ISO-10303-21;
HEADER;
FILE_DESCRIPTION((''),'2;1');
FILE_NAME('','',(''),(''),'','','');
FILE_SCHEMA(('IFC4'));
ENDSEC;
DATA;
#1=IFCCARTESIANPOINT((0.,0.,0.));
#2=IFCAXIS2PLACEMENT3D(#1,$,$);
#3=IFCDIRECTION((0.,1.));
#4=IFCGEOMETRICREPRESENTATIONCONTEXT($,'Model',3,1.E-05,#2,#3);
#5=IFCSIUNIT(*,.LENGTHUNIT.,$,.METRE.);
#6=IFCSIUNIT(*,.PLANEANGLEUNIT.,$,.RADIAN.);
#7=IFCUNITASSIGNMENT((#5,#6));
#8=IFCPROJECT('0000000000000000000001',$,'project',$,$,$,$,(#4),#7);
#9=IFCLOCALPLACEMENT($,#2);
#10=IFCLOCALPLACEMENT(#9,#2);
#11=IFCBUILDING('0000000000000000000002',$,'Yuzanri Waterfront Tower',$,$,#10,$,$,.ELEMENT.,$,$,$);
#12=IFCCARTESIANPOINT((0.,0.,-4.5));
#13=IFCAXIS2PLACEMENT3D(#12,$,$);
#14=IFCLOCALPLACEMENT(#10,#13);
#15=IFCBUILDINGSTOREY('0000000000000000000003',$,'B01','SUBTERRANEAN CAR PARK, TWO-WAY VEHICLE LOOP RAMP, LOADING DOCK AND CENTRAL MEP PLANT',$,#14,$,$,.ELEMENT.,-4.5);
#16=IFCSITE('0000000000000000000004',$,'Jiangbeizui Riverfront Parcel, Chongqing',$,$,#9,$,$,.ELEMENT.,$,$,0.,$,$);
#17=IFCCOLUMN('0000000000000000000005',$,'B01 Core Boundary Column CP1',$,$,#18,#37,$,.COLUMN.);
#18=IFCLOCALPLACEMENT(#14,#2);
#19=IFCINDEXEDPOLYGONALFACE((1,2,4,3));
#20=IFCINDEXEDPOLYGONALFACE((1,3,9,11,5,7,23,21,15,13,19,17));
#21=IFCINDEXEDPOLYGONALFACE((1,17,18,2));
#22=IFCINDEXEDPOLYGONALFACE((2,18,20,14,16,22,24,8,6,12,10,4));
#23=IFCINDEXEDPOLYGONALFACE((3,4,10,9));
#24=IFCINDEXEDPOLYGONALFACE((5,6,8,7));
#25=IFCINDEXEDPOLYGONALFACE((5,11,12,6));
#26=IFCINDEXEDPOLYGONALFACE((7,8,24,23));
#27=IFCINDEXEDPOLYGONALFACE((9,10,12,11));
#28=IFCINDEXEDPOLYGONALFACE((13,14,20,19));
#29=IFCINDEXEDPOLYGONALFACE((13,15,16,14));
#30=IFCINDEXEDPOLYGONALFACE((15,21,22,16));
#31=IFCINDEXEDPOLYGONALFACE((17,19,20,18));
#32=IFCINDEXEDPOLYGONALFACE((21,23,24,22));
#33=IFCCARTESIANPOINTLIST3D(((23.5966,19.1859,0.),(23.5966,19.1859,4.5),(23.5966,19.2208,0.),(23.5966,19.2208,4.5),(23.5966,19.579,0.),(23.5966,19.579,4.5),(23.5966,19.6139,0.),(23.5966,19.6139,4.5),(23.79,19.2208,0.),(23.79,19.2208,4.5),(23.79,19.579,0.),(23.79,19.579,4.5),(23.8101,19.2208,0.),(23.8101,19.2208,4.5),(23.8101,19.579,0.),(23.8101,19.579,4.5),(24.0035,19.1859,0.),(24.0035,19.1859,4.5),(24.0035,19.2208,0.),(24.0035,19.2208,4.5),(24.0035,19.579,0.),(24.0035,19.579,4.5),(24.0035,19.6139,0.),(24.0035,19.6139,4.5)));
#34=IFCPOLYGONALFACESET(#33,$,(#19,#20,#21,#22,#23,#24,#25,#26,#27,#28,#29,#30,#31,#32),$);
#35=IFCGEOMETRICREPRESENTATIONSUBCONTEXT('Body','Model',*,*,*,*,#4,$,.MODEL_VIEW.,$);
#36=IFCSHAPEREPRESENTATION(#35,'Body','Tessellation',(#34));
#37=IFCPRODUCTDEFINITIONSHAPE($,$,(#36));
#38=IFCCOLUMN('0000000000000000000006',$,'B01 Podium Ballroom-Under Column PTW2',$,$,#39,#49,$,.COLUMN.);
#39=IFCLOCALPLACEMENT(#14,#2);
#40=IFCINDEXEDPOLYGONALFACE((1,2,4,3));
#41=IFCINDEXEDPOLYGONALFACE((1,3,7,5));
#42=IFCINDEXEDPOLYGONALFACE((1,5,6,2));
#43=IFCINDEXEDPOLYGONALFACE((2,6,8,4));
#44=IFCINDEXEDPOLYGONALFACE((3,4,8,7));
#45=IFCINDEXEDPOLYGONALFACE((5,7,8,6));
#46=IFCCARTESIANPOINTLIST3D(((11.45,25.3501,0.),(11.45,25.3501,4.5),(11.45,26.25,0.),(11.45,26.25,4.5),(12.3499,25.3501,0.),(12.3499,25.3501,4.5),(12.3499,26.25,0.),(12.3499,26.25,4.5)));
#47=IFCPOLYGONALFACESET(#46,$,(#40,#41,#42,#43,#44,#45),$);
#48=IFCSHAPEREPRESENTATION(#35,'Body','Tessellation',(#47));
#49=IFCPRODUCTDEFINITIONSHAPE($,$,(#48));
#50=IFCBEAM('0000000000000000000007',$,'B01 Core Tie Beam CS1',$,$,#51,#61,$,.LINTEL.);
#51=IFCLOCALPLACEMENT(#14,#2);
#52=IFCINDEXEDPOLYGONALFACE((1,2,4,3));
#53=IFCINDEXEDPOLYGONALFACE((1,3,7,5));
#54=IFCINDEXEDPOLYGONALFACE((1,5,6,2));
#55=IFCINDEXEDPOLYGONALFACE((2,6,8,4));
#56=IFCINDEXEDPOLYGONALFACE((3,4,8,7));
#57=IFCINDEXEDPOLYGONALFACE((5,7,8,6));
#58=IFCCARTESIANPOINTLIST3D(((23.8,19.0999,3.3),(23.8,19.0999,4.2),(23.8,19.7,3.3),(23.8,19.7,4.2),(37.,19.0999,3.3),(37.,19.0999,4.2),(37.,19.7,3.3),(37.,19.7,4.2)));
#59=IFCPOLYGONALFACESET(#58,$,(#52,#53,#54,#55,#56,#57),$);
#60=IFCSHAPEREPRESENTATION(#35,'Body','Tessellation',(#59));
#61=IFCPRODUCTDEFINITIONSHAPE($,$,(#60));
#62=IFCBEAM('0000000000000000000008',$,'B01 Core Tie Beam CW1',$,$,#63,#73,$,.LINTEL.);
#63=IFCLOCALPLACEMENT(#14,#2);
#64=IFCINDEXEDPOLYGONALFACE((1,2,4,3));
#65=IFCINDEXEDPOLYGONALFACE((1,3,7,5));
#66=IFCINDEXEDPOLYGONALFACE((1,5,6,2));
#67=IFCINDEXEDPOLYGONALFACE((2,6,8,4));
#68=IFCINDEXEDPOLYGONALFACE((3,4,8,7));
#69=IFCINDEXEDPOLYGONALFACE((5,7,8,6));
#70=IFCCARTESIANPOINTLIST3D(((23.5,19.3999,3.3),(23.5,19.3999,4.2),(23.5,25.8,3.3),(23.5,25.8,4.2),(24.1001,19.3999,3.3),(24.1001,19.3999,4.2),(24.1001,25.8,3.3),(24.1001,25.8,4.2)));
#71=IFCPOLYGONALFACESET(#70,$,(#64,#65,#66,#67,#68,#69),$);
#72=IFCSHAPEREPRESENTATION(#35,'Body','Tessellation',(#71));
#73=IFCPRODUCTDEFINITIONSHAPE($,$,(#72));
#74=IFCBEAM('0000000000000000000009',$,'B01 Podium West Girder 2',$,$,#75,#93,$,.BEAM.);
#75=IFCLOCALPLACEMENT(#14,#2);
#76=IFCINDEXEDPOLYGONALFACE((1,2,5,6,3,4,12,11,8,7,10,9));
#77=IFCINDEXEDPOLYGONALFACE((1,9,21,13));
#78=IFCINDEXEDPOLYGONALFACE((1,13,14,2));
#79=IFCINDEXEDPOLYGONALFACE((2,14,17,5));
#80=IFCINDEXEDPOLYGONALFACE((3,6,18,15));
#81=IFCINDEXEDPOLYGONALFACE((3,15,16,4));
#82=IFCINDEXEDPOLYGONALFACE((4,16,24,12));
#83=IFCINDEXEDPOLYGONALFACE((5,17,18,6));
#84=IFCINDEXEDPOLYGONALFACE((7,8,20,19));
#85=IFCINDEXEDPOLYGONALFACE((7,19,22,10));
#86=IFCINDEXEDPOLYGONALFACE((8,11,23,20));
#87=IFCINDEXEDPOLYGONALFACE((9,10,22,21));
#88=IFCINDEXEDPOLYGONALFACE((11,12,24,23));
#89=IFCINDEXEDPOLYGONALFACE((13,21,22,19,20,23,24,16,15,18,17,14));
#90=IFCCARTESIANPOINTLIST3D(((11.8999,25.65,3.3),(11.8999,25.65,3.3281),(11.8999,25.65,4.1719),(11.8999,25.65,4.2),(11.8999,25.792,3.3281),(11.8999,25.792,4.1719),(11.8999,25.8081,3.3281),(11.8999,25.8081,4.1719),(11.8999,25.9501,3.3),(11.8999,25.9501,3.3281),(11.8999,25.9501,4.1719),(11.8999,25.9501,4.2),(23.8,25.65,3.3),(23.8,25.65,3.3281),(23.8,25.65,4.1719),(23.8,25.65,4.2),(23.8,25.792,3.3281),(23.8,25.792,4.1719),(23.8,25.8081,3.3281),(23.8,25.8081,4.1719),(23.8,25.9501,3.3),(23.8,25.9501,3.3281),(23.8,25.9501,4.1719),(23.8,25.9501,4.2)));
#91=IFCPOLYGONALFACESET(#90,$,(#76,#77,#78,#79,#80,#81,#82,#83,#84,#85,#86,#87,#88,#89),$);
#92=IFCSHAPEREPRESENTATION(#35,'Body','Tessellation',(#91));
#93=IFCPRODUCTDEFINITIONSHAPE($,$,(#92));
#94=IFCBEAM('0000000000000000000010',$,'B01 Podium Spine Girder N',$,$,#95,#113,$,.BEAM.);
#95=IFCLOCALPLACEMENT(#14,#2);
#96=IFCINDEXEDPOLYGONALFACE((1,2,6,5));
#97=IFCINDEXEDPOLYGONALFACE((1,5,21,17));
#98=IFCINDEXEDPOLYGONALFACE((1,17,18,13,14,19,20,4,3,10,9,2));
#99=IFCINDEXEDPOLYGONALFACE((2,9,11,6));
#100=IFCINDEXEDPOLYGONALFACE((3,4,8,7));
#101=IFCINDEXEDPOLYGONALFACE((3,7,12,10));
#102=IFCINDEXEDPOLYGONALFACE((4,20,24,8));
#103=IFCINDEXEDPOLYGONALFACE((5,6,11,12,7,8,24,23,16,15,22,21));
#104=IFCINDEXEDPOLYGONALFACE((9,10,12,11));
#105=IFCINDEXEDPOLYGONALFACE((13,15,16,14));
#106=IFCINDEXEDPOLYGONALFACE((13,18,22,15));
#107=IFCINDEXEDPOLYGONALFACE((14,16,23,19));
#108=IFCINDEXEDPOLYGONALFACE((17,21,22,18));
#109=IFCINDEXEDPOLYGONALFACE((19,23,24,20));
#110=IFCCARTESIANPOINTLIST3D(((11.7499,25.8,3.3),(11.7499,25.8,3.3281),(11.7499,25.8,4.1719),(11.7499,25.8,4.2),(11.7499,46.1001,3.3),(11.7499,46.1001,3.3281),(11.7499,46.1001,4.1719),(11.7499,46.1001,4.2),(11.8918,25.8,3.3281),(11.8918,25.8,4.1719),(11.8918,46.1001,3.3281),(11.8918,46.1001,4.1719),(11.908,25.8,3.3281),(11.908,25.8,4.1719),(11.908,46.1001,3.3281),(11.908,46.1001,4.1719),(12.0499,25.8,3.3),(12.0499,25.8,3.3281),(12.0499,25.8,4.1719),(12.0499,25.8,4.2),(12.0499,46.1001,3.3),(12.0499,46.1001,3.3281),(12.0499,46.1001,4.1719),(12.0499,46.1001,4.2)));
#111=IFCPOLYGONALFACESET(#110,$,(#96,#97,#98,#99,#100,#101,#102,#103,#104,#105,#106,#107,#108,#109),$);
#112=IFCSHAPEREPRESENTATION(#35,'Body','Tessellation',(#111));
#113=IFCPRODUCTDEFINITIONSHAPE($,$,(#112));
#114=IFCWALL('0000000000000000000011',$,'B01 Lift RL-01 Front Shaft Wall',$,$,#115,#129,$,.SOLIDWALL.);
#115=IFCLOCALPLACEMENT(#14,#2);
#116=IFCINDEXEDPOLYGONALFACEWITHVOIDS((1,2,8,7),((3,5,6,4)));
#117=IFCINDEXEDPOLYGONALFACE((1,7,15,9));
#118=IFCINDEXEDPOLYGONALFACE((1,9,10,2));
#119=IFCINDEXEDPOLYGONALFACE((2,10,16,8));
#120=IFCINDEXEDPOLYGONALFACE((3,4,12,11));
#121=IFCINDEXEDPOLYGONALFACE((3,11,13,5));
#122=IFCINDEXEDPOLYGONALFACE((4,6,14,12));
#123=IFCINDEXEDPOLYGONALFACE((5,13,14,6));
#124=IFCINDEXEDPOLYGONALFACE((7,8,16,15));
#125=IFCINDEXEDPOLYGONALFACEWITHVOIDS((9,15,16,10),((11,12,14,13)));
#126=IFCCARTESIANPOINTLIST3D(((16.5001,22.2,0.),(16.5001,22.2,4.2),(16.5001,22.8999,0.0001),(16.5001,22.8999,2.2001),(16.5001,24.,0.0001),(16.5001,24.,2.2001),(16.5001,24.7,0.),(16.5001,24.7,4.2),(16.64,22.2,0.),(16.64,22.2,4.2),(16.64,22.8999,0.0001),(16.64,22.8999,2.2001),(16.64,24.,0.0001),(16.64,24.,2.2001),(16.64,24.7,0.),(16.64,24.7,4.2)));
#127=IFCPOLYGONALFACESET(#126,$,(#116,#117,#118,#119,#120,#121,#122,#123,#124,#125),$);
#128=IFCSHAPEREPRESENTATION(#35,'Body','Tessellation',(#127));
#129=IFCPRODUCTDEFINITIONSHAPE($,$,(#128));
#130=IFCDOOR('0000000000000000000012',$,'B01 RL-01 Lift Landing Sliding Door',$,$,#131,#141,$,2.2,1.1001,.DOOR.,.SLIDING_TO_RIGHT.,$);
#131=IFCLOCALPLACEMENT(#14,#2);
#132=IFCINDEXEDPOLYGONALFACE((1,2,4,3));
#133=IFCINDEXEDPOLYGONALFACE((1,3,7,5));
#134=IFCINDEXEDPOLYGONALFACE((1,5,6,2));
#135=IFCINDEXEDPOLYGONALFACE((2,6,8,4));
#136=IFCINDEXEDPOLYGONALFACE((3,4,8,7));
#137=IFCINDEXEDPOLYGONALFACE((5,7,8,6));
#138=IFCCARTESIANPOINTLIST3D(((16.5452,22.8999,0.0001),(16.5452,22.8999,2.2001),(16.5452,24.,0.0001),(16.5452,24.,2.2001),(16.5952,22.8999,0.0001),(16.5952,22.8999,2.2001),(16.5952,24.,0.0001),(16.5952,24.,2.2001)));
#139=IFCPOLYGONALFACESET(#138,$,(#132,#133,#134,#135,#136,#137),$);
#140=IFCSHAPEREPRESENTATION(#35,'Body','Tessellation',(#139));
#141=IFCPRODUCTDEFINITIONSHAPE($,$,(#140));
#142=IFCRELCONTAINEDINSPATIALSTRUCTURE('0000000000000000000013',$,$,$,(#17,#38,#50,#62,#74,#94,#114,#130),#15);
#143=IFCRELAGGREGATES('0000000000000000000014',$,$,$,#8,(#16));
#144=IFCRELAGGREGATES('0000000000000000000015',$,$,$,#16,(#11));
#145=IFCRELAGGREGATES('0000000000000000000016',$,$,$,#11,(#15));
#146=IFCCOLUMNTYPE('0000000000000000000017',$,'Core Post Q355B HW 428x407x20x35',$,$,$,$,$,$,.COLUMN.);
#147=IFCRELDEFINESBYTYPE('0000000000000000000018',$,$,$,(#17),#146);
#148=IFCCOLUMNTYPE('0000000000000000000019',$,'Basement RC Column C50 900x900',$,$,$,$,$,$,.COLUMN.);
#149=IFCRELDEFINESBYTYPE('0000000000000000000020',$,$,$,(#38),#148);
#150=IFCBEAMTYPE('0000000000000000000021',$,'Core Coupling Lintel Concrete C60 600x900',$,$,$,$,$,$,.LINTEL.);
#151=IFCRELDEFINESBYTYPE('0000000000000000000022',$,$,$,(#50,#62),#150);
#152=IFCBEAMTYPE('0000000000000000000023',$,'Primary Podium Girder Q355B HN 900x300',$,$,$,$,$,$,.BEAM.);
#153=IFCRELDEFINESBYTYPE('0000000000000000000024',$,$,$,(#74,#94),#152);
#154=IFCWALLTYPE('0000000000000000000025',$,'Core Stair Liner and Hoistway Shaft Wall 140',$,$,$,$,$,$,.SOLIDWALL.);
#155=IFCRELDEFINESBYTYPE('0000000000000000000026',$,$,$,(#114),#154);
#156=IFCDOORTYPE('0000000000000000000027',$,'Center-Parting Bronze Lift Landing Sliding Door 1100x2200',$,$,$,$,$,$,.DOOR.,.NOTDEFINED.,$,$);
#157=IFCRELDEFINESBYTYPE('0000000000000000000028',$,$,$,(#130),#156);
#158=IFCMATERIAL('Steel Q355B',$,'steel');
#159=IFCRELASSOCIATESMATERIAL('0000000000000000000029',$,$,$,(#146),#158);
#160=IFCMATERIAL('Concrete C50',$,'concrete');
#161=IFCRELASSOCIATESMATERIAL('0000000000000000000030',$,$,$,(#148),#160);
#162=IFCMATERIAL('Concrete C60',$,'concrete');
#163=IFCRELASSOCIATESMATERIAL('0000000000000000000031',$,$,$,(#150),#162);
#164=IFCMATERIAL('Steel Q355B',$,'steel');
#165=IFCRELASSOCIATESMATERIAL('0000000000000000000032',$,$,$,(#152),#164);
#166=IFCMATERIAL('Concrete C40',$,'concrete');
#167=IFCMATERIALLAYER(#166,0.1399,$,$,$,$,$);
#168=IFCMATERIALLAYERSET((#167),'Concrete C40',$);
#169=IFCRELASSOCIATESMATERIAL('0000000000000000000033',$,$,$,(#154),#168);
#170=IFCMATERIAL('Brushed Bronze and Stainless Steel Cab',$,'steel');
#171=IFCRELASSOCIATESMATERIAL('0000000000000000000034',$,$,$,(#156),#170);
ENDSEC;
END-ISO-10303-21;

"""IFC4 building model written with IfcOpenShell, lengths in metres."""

from ifc_helpers import new_model, si_unit, direction, frame, frame_2d, origin, origin_2d, place, context, subcontext, project, spatial, rectangle, i_section, extrude, source, transform, mapped, material, layer, layer_set, material_profile, profile_set, type_object, element, fill, save


model = new_model("IFC4")

# Units and contexts
model_context = context("Model", 3, precision=1e-05, world=origin(), true_north=direction((0.0, 1.0)))
body_context = subcontext(model_context, "Body", "Model", "MODEL_VIEW")
ifc_project = project(units=[si_unit("LENGTHUNIT", "METRE"), si_unit("PLANEANGLEUNIT", "RADIAN")], contexts=[model_context])

# Site, building, storey
site_placement = place(None, origin())
site = spatial("IfcSite", under=ifc_project, at=site_placement, Name="Jiangbeizui Riverfront Parcel, Chongqing", CompositionType="ELEMENT", RefElevation=0.0)
building_placement = place(site_placement, origin())
building = spatial("IfcBuilding", under=site, at=building_placement, Name="Yuzanri Waterfront Tower", CompositionType="ELEMENT")
storey_placement = place(building_placement, frame((0.0, 0.0, -4.5)))
storey = spatial("IfcBuildingStorey", under=building, at=storey_placement, Name="B01", Description="SUBTERRANEAN CAR PARK, TWO-WAY VEHICLE LOOP RAMP, LOADING DOCK AND CENTRAL MEP PLANT", CompositionType="ELEMENT", Elevation=-4.5)

# Columns
ifc_material_1 = material(Name="Steel Q355B", Category="steel")
ifc_material_profile_1 = material_profile(ifc_material_1, i_section(OverallWidth=0.407, OverallDepth=0.428, WebThickness=0.02, FlangeThickness=0.0349, at=origin_2d()), Name="HW 428x407x20x35")
ifc_profile_set_1 = profile_set([ifc_material_profile_1], Name="Steel Q355B")
column_type_1 = type_object("IfcColumnType", Name="Core Post Q355B HW 428x407x20x35", PredefinedType="COLUMN", material=ifc_profile_set_1)
shared_shape_1 = source(origin(), body_context, "Body", "SweptSolid", [
    extrude(i_section(OverallWidth=0.407, OverallDepth=0.428, WebThickness=0.02, FlangeThickness=0.0349, at=origin_2d()), origin(), (0.0, 0.0, 1.0), 4.5),
])
column_1_placement = place(storey_placement, frame((23.8, 19.3999, 0.0), z_axis=(0.0, 0.0, 1.0), x_axis=(1.0, 0.0, 0.0)))
element("IfcColumn", 1, at=column_1_placement, inside=storey, type_object=column_type_1, Name="B01 Core Boundary Column CP1", PredefinedType="COLUMN", context=body_context, shape_type="MappedRepresentation", body=[
    mapped(shared_shape_1, transform((0.0, 0.0, 0.0), scale=1.0)),
])
ifc_material_2 = material(Name="Concrete C50", Category="concrete")
ifc_material_profile_2 = material_profile(ifc_material_2, rectangle(XDim=0.8999, YDim=0.8999, at=origin_2d()), Name="RC 900x900")
ifc_profile_set_2 = profile_set([ifc_material_profile_2], Name="Concrete C50")
column_type_2 = type_object("IfcColumnType", Name="Basement RC Column C50 900x900", PredefinedType="COLUMN", material=ifc_profile_set_2)
shared_shape_2 = source(origin(), body_context, "Body", "SweptSolid", [
    extrude(rectangle(XDim=0.8999, YDim=0.8999, at=origin_2d()), origin(), (0.0, 0.0, 1.0), 4.5),
])
column_2_placement = place(storey_placement, frame((11.8999, 25.8, 0.0), z_axis=(0.0, 0.0, 1.0), x_axis=(1.0, 0.0, 0.0)))
element("IfcColumn", 2, at=column_2_placement, inside=storey, type_object=column_type_2, Name="B01 Podium Ballroom-Under Column PTW2", PredefinedType="COLUMN", context=body_context, shape_type="MappedRepresentation", body=[
    mapped(shared_shape_2, transform((0.0, 0.0, 0.0), scale=1.0)),
])

# Beams
ifc_material_3 = material(Name="Concrete C60", Category="concrete")
ifc_material_profile_3 = material_profile(ifc_material_3, rectangle(XDim=0.6001, YDim=0.8999, at=origin_2d()), Name="RC 600x900")
ifc_profile_set_3 = profile_set([ifc_material_profile_3], Name="Concrete C60")
beam_type_1 = type_object("IfcBeamType", Name="Core Coupling Lintel Concrete C60 600x900", PredefinedType="LINTEL", material=ifc_profile_set_3)
shared_shape_3 = source(origin(), body_context, "Body", "SweptSolid", [
    extrude(rectangle(XDim=0.6001, YDim=0.8999, at=origin_2d()), origin(), (0.0, 0.0, 1.0), 13.2),
])
beam_1_placement = place(storey_placement, frame((23.8, 19.3999, 3.75), z_axis=(1.0, 0.0, 0.0), x_axis=(0.0, 1.0, 0.0)))
element("IfcBeam", 3, at=beam_1_placement, inside=storey, type_object=beam_type_1, Name="B01 Core Tie Beam CS1", PredefinedType="LINTEL", context=body_context, shape_type="MappedRepresentation", body=[
    mapped(shared_shape_3, transform((0.0, 0.0, 0.0), scale=1.0)),
])
shared_shape_4 = source(origin(), body_context, "Body", "SweptSolid", [
    extrude(rectangle(XDim=0.6001, YDim=0.8999, at=origin_2d()), origin(), (0.0, 0.0, 1.0), 6.4001),
])
beam_2_placement = place(storey_placement, frame((23.8, 19.3999, 3.75), z_axis=(0.0, 1.0, 0.0), x_axis=(-1.0, 0.0, 0.0)))
element("IfcBeam", 4, at=beam_2_placement, inside=storey, type_object=beam_type_1, Name="B01 Core Tie Beam CW1", PredefinedType="LINTEL", context=body_context, shape_type="MappedRepresentation", body=[
    mapped(shared_shape_4, transform((0.0, 0.0, 0.0), scale=1.0)),
])
ifc_material_4 = material(Name="Steel Q355B", Category="steel")
ifc_material_profile_4 = material_profile(ifc_material_4, i_section(OverallWidth=0.3, OverallDepth=0.8999, WebThickness=0.0161, FlangeThickness=0.0281, at=origin_2d()), Name="HN 900x300x16x28")
ifc_profile_set_4 = profile_set([ifc_material_profile_4], Name="Steel Q355B")
beam_type_2 = type_object("IfcBeamType", Name="Primary Podium Girder Q355B HN 900x300", PredefinedType="BEAM", material=ifc_profile_set_4)
shared_shape_5 = source(origin(), body_context, "Body", "SweptSolid", [
    extrude(i_section(OverallWidth=0.3, OverallDepth=0.8999, WebThickness=0.0161, FlangeThickness=0.0281, at=origin_2d()), origin(), (0.0, 0.0, 1.0), 11.9001),
])
beam_3_placement = place(storey_placement, frame((11.8999, 25.8, 3.75), z_axis=(1.0, 0.0, 0.0), x_axis=(0.0, 1.0, 0.0)))
element("IfcBeam", 5, at=beam_3_placement, inside=storey, type_object=beam_type_2, Name="B01 Podium West Girder 2", PredefinedType="BEAM", context=body_context, shape_type="MappedRepresentation", body=[
    mapped(shared_shape_5, transform((0.0, 0.0, 0.0), scale=1.0)),
])
shared_shape_6 = source(origin(), body_context, "Body", "SweptSolid", [
    extrude(i_section(OverallWidth=0.3, OverallDepth=0.8999, WebThickness=0.0161, FlangeThickness=0.0281, at=origin_2d()), origin(), (0.0, 0.0, 1.0), 20.3),
])
beam_4_placement = place(storey_placement, frame((11.8999, 25.8, 3.75), z_axis=(0.0, 1.0, 0.0), x_axis=(-1.0, 0.0, 0.0)))
element("IfcBeam", 6, at=beam_4_placement, inside=storey, type_object=beam_type_2, Name="B01 Podium Spine Girder N", PredefinedType="BEAM", context=body_context, shape_type="MappedRepresentation", body=[
    mapped(shared_shape_6, transform((0.0, 0.0, 0.0), scale=1.0)),
])

# Wall, opening, door
ifc_material_5 = material(Name="Concrete C40", Category="concrete")
ifc_layer_1 = layer(ifc_material_5, 0.1399)
ifc_layer_set_1 = layer_set([ifc_layer_1], Name="Concrete C40")
wall_type_1 = type_object("IfcWallType", Name="Core Stair Liner and Hoistway Shaft Wall 140", PredefinedType="SOLIDWALL", material=ifc_layer_set_1)
wall_1_placement = place(storey_placement, frame((16.5701, 22.2, 0.0), z_axis=(0.0, 0.0, 1.0), x_axis=(0.0, 1.0, 0.0)))
wall_1 = element("IfcWall", 7, at=wall_1_placement, inside=storey, type_object=wall_type_1, Name="B01 Lift RL-01 Front Shaft Wall", PredefinedType="SOLIDWALL", context=body_context, shape_type="SweptSolid", body=[
    extrude(rectangle(XDim=2.5, YDim=0.1399, at=frame_2d((1.25, 0.0))), origin(), (0.0, 0.0, 1.0), 4.2),
])
opening_1_placement = place(wall_1_placement, frame((0.7, 0.0, 0.0)))
opening_1 = element("IfcOpeningElement", 8, at=opening_1_placement, cuts=wall_1, PredefinedType="OPENING", context=body_context, shape_type="SweptSolid", body=[
    extrude(rectangle(XDim=1.1001, YDim=2.2, at=frame_2d((0.55, 1.1001))), frame((0.0, 0.085, 0.0), z_axis=(0.0, -1.0, 0.0), x_axis=(1.0, 0.0, 0.0)), (0.0, 0.0, 1.0), 0.1697),
])
ifc_material_6 = material(Name="Brushed Bronze and Stainless Steel Cab", Category="steel")
door_type_1 = type_object("IfcDoorType", Name="Center-Parting Bronze Lift Landing Sliding Door 1100x2200", OperationType="NOTDEFINED", PredefinedType="DOOR", material=ifc_material_6)
shared_shape_7 = source(origin(), body_context, "Body", "SweptSolid", [
    extrude(rectangle(XDim=1.1001, YDim=2.2, at=frame_2d((0.55, 1.1001))), frame((0.0, 0.0249, 0.0), z_axis=(0.0, -1.0, 0.0), x_axis=(1.0, 0.0, 0.0)), (0.0, 0.0, 1.0), 0.05),
])
door_1_placement = place(opening_1_placement, origin())
door_1 = element("IfcDoor", 9, at=door_1_placement, inside=storey, type_object=door_type_1, Name="B01 RL-01 Lift Landing Sliding Door", OperationType="SLIDING_TO_RIGHT", OverallHeight=2.2, OverallWidth=1.1001, PredefinedType="DOOR", context=body_context, shape_type="MappedRepresentation", body=[
    mapped(shared_shape_7, transform((0.0, 0.0, 0.0), scale=1.0)),
])
fill(opening_1, door_1)

save(model, "model.ifc")
